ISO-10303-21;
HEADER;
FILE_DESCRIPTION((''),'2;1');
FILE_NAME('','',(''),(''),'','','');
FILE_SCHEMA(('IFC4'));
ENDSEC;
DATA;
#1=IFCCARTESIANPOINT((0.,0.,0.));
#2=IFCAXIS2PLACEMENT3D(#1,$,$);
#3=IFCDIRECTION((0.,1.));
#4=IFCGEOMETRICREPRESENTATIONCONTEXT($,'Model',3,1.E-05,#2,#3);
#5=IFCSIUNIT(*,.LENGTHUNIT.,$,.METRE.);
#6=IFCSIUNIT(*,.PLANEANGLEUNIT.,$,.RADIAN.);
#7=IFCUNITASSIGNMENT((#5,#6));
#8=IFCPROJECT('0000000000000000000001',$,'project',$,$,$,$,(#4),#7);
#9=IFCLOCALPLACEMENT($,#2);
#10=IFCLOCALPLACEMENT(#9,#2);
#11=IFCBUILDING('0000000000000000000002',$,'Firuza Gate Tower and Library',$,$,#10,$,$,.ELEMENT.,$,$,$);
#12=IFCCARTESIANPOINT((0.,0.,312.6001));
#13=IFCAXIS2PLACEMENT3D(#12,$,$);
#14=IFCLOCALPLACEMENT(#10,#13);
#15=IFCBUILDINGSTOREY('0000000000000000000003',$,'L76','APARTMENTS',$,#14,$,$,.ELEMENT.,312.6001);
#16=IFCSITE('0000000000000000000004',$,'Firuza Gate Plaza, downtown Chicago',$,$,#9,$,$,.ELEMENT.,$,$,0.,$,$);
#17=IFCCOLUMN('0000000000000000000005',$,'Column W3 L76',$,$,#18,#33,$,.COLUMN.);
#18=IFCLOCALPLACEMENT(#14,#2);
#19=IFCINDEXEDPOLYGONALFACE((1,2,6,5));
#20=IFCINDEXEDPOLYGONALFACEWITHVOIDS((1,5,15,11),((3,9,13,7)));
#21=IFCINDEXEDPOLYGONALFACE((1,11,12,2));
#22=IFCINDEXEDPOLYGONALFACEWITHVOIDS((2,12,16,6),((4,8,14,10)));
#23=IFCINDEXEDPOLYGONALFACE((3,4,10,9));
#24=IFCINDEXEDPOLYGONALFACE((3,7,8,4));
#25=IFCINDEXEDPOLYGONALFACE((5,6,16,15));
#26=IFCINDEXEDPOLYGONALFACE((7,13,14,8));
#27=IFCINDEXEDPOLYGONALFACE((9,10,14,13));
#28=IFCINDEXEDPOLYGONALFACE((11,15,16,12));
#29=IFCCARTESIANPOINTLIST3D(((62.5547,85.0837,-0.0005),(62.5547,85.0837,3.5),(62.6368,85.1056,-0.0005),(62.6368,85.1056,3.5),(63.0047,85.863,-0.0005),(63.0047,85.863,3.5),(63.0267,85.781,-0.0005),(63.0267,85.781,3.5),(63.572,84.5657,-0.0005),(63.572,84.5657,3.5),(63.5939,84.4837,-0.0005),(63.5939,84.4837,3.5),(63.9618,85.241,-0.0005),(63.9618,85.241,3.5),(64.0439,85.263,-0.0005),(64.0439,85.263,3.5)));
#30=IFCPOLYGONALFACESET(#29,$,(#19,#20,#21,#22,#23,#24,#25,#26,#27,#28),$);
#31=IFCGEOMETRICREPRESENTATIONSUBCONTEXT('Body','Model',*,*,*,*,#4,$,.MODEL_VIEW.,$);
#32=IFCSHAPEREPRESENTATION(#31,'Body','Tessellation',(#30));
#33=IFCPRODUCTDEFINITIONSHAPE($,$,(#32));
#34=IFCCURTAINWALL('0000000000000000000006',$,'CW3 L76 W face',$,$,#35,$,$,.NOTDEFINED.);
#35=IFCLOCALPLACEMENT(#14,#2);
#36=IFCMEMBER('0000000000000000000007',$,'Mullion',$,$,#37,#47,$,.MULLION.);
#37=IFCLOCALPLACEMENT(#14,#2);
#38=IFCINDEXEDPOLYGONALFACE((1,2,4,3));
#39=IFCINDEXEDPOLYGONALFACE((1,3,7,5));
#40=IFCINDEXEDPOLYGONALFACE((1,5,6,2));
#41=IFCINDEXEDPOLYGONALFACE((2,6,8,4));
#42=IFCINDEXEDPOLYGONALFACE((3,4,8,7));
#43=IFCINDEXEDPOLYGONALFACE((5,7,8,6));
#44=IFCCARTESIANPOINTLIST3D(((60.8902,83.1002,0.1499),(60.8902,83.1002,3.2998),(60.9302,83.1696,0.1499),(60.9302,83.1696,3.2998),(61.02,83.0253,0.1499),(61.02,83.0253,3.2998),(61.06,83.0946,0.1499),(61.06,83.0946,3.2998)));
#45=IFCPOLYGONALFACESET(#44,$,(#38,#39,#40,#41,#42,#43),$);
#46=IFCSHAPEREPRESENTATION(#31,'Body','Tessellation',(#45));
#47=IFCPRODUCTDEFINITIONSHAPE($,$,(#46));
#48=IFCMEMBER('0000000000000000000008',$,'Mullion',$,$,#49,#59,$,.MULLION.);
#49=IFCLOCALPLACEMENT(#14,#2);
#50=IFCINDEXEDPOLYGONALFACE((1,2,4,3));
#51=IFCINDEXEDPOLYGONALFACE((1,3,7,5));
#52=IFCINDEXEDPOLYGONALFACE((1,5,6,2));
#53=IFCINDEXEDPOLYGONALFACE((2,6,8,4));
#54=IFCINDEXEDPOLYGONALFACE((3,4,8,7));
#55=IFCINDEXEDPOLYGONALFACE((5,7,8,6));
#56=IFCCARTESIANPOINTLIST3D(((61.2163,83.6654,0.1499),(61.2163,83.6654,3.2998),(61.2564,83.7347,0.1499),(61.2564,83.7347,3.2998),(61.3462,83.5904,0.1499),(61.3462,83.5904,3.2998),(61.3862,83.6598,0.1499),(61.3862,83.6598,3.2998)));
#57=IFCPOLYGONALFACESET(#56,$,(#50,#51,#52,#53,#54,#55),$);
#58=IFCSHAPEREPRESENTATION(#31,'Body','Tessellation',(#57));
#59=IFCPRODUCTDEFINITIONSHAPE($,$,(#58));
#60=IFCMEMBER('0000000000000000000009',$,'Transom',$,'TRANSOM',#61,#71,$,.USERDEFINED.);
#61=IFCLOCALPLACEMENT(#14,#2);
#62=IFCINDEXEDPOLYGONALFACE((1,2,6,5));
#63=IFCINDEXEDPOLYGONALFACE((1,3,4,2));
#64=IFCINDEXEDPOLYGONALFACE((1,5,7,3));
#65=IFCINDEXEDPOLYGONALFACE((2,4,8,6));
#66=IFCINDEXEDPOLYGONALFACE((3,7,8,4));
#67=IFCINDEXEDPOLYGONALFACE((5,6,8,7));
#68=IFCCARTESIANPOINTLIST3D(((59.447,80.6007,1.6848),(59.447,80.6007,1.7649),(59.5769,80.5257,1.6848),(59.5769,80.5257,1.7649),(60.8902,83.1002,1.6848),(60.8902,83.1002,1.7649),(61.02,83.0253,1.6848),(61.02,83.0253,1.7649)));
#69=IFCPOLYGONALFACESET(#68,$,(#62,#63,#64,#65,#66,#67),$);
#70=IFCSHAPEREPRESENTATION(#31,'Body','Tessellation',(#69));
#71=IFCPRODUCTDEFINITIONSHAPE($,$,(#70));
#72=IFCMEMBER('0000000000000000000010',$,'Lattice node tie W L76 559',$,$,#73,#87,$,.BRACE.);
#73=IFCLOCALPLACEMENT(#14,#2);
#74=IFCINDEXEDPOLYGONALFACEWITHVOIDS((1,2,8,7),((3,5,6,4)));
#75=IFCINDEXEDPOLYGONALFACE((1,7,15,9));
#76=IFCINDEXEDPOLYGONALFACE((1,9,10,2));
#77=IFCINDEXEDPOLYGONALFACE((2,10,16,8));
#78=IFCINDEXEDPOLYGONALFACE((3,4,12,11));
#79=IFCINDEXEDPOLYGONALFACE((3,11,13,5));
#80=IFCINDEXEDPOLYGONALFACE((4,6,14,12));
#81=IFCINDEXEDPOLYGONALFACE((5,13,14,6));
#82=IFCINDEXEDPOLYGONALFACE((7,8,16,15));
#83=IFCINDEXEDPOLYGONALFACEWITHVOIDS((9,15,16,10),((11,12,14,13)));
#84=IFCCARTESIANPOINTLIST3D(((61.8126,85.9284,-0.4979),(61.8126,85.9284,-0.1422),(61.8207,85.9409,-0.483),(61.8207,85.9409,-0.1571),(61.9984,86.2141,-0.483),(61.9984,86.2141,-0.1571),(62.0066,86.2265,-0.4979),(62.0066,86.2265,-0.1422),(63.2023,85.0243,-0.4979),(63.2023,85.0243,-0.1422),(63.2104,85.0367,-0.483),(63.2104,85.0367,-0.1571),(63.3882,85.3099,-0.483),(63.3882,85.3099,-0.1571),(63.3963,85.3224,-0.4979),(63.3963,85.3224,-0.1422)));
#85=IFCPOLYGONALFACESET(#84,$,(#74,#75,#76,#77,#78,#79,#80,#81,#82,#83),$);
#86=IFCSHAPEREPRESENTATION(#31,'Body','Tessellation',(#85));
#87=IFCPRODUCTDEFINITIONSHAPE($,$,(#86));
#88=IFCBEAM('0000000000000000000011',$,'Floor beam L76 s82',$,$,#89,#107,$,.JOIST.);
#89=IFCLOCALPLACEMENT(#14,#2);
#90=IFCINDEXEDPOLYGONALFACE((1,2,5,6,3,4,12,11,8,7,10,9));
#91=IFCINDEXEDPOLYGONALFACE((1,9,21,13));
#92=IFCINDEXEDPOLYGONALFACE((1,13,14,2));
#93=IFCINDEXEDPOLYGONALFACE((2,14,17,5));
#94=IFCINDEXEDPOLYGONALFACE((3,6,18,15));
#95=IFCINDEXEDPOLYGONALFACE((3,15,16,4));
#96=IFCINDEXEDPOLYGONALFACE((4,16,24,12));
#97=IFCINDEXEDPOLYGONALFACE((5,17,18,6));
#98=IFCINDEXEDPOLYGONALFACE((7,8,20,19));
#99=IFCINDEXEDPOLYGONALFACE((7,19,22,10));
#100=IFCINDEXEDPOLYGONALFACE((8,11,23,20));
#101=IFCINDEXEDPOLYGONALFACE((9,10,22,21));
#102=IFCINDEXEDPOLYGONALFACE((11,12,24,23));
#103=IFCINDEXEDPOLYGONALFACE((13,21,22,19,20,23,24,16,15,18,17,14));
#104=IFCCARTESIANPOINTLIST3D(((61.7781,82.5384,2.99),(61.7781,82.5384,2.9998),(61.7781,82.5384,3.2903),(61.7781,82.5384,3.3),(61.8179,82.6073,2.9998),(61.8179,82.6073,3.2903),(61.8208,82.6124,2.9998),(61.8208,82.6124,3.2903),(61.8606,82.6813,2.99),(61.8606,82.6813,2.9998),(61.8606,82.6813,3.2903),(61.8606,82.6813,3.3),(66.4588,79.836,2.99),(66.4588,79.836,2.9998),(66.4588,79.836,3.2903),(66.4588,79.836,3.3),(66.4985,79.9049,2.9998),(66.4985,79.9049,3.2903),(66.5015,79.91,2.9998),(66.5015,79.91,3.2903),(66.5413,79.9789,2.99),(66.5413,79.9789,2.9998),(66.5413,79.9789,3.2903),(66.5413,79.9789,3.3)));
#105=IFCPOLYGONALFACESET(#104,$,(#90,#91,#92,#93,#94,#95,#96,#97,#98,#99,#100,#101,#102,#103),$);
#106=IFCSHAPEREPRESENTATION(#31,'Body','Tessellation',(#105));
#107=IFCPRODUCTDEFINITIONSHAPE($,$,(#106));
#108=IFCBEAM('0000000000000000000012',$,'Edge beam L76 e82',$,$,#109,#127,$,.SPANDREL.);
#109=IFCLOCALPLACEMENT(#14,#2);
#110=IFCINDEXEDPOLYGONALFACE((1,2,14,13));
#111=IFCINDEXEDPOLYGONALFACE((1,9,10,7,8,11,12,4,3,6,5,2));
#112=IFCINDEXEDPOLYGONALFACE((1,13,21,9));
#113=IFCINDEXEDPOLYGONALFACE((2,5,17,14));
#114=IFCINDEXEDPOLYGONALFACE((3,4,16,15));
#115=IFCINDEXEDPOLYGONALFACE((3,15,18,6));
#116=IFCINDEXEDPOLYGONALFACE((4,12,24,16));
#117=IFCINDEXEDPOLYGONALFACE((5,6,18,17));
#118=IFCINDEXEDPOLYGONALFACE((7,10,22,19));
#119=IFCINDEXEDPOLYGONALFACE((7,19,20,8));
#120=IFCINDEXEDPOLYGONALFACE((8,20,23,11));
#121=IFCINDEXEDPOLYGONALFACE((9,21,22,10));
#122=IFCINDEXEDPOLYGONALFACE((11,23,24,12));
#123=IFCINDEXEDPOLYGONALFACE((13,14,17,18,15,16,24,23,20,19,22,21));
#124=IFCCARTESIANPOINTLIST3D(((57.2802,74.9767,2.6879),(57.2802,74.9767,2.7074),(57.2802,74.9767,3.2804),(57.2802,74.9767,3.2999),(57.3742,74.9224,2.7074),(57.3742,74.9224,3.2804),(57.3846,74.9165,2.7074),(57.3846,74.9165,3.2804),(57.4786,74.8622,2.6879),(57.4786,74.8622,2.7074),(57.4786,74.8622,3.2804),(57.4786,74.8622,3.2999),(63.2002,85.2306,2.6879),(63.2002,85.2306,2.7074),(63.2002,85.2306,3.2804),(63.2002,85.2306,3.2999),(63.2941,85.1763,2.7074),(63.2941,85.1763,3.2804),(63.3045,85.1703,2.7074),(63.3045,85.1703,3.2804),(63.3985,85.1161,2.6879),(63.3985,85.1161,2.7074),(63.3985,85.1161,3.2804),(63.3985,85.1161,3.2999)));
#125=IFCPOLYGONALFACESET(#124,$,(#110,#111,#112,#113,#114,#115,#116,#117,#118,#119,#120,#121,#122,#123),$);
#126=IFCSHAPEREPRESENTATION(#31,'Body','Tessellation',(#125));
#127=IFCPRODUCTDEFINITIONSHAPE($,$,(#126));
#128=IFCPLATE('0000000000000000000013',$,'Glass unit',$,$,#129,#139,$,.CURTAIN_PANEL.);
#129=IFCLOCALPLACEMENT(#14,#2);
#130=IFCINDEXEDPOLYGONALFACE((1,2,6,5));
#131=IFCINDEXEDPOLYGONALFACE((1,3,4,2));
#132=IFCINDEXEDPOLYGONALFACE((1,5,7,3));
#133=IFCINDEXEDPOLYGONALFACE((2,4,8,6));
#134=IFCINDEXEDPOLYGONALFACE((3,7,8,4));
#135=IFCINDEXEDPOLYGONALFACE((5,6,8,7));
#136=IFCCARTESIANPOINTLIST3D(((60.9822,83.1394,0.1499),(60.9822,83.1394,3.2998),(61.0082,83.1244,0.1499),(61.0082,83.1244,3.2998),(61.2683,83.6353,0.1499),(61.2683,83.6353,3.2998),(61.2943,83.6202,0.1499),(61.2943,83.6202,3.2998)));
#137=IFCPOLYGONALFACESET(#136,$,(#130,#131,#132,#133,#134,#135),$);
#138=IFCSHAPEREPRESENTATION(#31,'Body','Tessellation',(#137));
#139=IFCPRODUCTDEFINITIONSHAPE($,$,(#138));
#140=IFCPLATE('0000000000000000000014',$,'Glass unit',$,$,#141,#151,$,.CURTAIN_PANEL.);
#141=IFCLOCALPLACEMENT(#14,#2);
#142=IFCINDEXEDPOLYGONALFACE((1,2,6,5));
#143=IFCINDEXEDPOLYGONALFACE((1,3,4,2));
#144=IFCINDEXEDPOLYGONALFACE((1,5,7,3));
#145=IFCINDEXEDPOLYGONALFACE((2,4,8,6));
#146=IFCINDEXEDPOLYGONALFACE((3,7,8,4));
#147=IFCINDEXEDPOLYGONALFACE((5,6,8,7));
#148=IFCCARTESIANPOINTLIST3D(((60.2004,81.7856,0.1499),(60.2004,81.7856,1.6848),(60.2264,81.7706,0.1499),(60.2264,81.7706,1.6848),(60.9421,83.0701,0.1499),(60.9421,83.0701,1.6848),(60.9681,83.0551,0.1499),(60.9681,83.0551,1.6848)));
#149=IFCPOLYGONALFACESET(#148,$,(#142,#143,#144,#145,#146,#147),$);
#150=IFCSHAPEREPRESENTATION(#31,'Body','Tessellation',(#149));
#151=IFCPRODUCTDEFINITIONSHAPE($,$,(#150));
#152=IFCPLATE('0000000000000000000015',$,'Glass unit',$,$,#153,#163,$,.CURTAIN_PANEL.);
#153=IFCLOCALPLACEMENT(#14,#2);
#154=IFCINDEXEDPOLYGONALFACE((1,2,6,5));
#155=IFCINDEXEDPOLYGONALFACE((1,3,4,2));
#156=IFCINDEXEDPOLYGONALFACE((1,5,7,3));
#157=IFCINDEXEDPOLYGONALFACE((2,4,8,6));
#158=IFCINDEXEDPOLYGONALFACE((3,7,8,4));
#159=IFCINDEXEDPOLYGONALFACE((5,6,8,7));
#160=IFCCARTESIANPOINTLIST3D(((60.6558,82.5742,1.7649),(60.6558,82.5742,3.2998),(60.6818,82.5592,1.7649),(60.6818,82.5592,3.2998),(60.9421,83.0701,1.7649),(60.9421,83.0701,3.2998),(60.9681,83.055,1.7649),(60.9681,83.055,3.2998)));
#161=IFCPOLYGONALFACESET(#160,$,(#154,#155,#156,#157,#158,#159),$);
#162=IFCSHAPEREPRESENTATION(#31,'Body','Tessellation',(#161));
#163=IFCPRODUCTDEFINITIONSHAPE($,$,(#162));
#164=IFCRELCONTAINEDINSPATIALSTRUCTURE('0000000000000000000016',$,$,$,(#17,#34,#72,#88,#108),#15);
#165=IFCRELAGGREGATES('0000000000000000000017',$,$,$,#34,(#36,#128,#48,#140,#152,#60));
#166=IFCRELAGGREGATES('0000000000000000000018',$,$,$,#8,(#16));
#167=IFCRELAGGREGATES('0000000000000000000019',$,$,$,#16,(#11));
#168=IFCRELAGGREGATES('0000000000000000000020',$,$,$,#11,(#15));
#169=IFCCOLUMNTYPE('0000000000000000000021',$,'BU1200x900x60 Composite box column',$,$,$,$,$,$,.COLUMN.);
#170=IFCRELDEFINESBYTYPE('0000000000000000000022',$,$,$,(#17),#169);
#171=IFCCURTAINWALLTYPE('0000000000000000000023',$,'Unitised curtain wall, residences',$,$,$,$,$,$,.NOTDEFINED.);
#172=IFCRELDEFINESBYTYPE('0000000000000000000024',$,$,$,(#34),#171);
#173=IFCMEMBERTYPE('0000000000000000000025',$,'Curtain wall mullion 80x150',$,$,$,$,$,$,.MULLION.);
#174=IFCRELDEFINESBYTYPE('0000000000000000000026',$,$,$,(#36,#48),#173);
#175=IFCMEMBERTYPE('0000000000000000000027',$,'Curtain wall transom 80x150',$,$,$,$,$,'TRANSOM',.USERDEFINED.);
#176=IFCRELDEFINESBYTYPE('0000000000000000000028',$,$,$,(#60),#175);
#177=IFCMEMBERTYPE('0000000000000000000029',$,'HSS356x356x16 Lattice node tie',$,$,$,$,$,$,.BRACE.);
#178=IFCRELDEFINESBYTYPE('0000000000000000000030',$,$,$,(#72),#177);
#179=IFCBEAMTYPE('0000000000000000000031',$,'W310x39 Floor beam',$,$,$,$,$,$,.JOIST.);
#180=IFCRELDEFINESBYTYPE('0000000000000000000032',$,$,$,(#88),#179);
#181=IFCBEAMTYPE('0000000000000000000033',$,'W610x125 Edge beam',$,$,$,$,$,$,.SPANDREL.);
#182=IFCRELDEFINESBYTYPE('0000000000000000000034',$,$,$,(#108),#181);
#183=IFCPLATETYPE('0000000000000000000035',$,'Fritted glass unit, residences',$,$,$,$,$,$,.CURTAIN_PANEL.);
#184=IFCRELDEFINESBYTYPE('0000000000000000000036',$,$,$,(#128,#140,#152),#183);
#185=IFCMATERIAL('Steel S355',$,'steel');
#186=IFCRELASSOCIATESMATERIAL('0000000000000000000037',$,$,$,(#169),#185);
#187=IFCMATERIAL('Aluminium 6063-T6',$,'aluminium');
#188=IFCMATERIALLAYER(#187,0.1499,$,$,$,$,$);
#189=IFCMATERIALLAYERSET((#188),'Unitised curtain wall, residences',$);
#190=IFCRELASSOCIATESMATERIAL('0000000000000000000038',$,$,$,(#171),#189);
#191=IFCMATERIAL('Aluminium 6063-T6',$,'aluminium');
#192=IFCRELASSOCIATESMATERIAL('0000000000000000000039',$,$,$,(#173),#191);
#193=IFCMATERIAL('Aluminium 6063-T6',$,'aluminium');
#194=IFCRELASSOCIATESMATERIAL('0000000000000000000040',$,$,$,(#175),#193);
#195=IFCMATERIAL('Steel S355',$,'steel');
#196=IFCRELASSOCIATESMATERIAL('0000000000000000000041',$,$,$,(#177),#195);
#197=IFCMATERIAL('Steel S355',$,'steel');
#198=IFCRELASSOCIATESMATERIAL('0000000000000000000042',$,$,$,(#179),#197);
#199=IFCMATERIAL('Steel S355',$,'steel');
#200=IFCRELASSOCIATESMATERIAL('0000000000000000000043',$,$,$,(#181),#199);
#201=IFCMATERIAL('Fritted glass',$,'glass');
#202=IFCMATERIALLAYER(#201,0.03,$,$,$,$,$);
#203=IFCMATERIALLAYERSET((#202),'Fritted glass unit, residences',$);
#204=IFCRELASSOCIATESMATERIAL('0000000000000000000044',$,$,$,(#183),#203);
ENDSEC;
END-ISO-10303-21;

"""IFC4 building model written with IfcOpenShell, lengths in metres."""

from ifc_helpers import new_model, si_unit, direction, frame, origin, origin_2d, place, context, subcontext, project, spatial, polyline, rectangle, hollow_rectangle, i_section, outline, extrude, material, layer, layer_set, material_profile, profile_set, type_object, element, aggregate, save


model = new_model("IFC4")

# Units and contexts
model_context = context("Model", 3, precision=1e-05, world=origin(), true_north=direction((0.0, 1.0)))
body_context = subcontext(model_context, "Body", "Model", "MODEL_VIEW")
ifc_project = project(units=[si_unit("LENGTHUNIT", "METRE"), si_unit("PLANEANGLEUNIT", "RADIAN")], contexts=[model_context])

# Site, building, storey
site_placement = place(None, origin())
site = spatial("IfcSite", under=ifc_project, at=site_placement, Name="Firuza Gate Plaza, downtown Chicago", CompositionType="ELEMENT", RefElevation=0.0)
building_placement = place(site_placement, origin())
building = spatial("IfcBuilding", under=site, at=building_placement, Name="Firuza Gate Tower and Library", CompositionType="ELEMENT")
storey_placement = place(building_placement, frame((0.0, 0.0, 312.6001)))
storey = spatial("IfcBuildingStorey", under=building, at=storey_placement, Name="L76", Description="APARTMENTS", CompositionType="ELEMENT", Elevation=312.6001)

# Column
ifc_material_1 = material(Name="Steel S355", Category="steel")
ifc_material_profile_1 = material_profile(ifc_material_1, hollow_rectangle(XDim=0.8999, YDim=1.2, WallThickness=0.0601, at=origin_2d()))
ifc_profile_set_1 = profile_set([ifc_material_profile_1], Name="Steel S355")
column_type = type_object("IfcColumnType", Name="BU1200x900x60 Composite box column", PredefinedType="COLUMN", material=ifc_profile_set_1)
column_placement = place(storey_placement, frame((63.2993, 85.1733, -0.0005), z_axis=(0.0, 0.0, 1.0), x_axis=(-0.5, -0.866025, 0.0)))
element("IfcColumn", 1, at=column_placement, inside=storey, type_object=column_type, Name="Column W3 L76", PredefinedType="COLUMN", context=body_context, shape_type="SweptSolid", body=[
    extrude(hollow_rectangle(XDim=0.8999, YDim=1.2, WallThickness=0.0601, at=origin_2d()), origin(), (0.0, 0.0, 1.0), 3.5005),
])

# Curtain wall, members
ifc_material_2 = material(Name="Aluminium 6063-T6", Category="aluminium")
ifc_layer_1 = layer(ifc_material_2, 0.1499)
ifc_layer_set_1 = layer_set([ifc_layer_1], Name="Unitised curtain wall, residences")
curtain_wall_type = type_object("IfcCurtainWallType", Name="Unitised curtain wall, residences", PredefinedType="NOTDEFINED", material=ifc_layer_set_1)
curtain_wall_placement = place(storey_placement, origin())
curtain_wall = element("IfcCurtainWall", 2, at=curtain_wall_placement, inside=storey, type_object=curtain_wall_type, Name="CW3 L76 W face", PredefinedType="NOTDEFINED")
ifc_material_3 = material(Name="Aluminium 6063-T6", Category="aluminium")
ifc_material_profile_2 = material_profile(ifc_material_3, rectangle(XDim=0.1499, YDim=0.0801, at=origin_2d()))
ifc_profile_set_2 = profile_set([ifc_material_profile_2], Name="Aluminium 6063-T6")
member_type_1 = type_object("IfcMemberType", Name="Curtain wall mullion 80x150", PredefinedType="MULLION", material=ifc_profile_set_2)
member_1_placement = place(storey_placement, frame((60.9751, 83.0974, 0.1499), z_axis=(0.0, 0.0, 1.0), x_axis=(0.866025, -0.5, 0.0)))
member_1 = element("IfcMember", 3, at=member_1_placement, type_object=member_type_1, Name="Mullion", PredefinedType="MULLION", context=body_context, shape_type="SweptSolid", body=[
    extrude(rectangle(XDim=0.1499, YDim=0.0801, at=origin_2d()), origin(), (0.0, 0.0, 1.0), 3.1499),
])
member_2_placement = place(storey_placement, frame((61.3013, 83.6626, 0.1499), z_axis=(0.0, 0.0, 1.0), x_axis=(0.866025, -0.5, 0.0)))
member_2 = element("IfcMember", 4, at=member_2_placement, type_object=member_type_1, Name="Mullion", PredefinedType="MULLION", context=body_context, shape_type="SweptSolid", body=[
    extrude(rectangle(XDim=0.1499, YDim=0.0801, at=origin_2d()), origin(), (0.0, 0.0, 1.0), 3.1499),
])
ifc_material_4 = material(Name="Aluminium 6063-T6", Category="aluminium")
ifc_material_profile_3 = material_profile(ifc_material_4, rectangle(XDim=0.1499, YDim=0.0801, at=origin_2d()))
ifc_profile_set_3 = profile_set([ifc_material_profile_3], Name="Aluminium 6063-T6")
member_type_2 = type_object("IfcMemberType", Name="Curtain wall transom 80x150", ElementType="TRANSOM", PredefinedType="USERDEFINED", material=ifc_profile_set_3)
member_3_placement = place(storey_placement, frame((60.9551, 83.0627, 1.7249), z_axis=(-0.500006, -0.866022, 0.0), x_axis=(0.866022, -0.500006, 0.0)))
member_3 = element("IfcMember", 5, at=member_3_placement, type_object=member_type_2, Name="Transom", ObjectType="TRANSOM", PredefinedType="USERDEFINED", context=body_context, shape_type="SweptSolid", body=[
    extrude(rectangle(XDim=0.1499, YDim=0.0801, at=origin_2d()), origin(), (0.0, 0.0, 1.0), 2.8862),
])

# Member
ifc_material_5 = material(Name="Steel S355", Category="steel")
ifc_material_profile_4 = material_profile(ifc_material_5, hollow_rectangle(XDim=0.3557, YDim=0.3557, WallThickness=0.0149, at=origin_2d()))
ifc_profile_set_4 = profile_set([ifc_material_profile_4], Name="Steel S355")
member_type_3 = type_object("IfcMemberType", Name="HSS356x356x16 Lattice node tie", PredefinedType="BRACE", material=ifc_profile_set_4)
member_4_placement = place(storey_placement, frame((63.2993, 85.1733, -0.3201), z_axis=(-0.838228, 0.54532, 0.0), x_axis=(-0.54532, -0.838228, 0.0)))
element("IfcMember", 6, at=member_4_placement, inside=storey, type_object=member_type_3, Name="Lattice node tie W L76 559", PredefinedType="BRACE", context=body_context, shape_type="SweptSolid", body=[
    extrude(hollow_rectangle(XDim=0.3557, YDim=0.3557, WallThickness=0.0149, at=origin_2d()), origin(), (0.0, 0.0, 1.0), 1.658),
])

# Beams
ifc_material_6 = material(Name="Steel S355", Category="steel")
ifc_material_profile_5 = material_profile(ifc_material_6, i_section(OverallWidth=0.165, OverallDepth=0.3101, WebThickness=0.0059, FlangeThickness=0.0098, at=origin_2d()))
ifc_profile_set_5 = profile_set([ifc_material_profile_5], Name="Steel S355")
beam_type_1 = type_object("IfcBeamType", Name="W310x39 Floor beam", PredefinedType="JOIST", material=ifc_profile_set_5)
beam_1_placement = place(storey_placement, frame((61.8193, 82.6099, 3.145), z_axis=(0.866025, -0.500001, 0.0), x_axis=(0.500001, 0.866025, 0.0)))
element("IfcBeam", 7, at=beam_1_placement, inside=storey, type_object=beam_type_1, Name="Floor beam L76 s82", PredefinedType="JOIST", context=body_context, shape_type="SweptSolid", body=[
    extrude(i_section(OverallWidth=0.165, OverallDepth=0.3101, WebThickness=0.0059, FlangeThickness=0.0098, at=origin_2d()), origin(), (0.0, 0.0, 1.0), 5.4048),
])
ifc_material_7 = material(Name="Steel S355", Category="steel")
ifc_material_profile_6 = material_profile(ifc_material_7, i_section(OverallWidth=0.229, OverallDepth=0.6121, WebThickness=0.012, FlangeThickness=0.0195, at=origin_2d()))
ifc_profile_set_6 = profile_set([ifc_material_profile_6], Name="Steel S355")
beam_type_2 = type_object("IfcBeamType", Name="W610x125 Edge beam", PredefinedType="SPANDREL", material=ifc_profile_set_6)
beam_2_placement = place(storey_placement, frame((63.2993, 85.1733, 2.9939), z_axis=(-0.499989, -0.866032, 0.0), x_axis=(0.866032, -0.499989, 0.0)))
element("IfcBeam", 8, at=beam_2_placement, inside=storey, type_object=beam_type_2, Name="Edge beam L76 e82", PredefinedType="SPANDREL", context=body_context, shape_type="SweptSolid", body=[
    extrude(i_section(OverallWidth=0.229, OverallDepth=0.6121, WebThickness=0.012, FlangeThickness=0.0195, at=origin_2d()), origin(), (0.0, 0.0, 1.0), 11.8401),
])

# Plates
ifc_material_8 = material(Name="Fritted glass", Category="glass")
ifc_layer_2 = layer(ifc_material_8, 0.03)
ifc_layer_set_2 = layer_set([ifc_layer_2], Name="Fritted glass unit, residences")
plate_type = type_object("IfcPlateType", Name="Fritted glass unit, residences", PredefinedType="CURTAIN_PANEL", material=ifc_layer_set_2)
plate_1_placement = place(storey_placement, frame((61.2683, 83.6353, 0.1499), z_axis=(-0.866136, 0.499809, 0.0), x_axis=(-0.499809, -0.866136, 0.0)))
plate_1 = element("IfcPlate", 9, at=plate_1_placement, type_object=plate_type, Name="Glass unit", PredefinedType="CURTAIN_PANEL", context=body_context, shape_type="SweptSolid", body=[
    extrude(outline(polyline([(0.0, 0.0), (0.5725, 0.0), (0.5725, 3.1499), (0.0, 3.1499), (0.0, 0.0)])), origin(), (0.0, 0.0, -1.0), 0.03),
])
plate_2_placement = place(storey_placement, frame((60.9421, 83.0701, 0.1499), z_axis=(-0.865985, 0.500069, 0.0), x_axis=(-0.500069, -0.865985, 0.0)))
plate_2 = element("IfcPlate", 10, at=plate_2_placement, type_object=plate_type, Name="Glass unit", PredefinedType="CURTAIN_PANEL", context=body_context, shape_type="SweptSolid", body=[
    extrude(outline(polyline([(0.0, 0.0), (1.4832, 0.0), (1.4832, 1.5349), (0.0, 1.5349), (0.0, 0.0)])), origin(), (0.0, 0.0, -1.0), 0.03),
])
plate_3_placement = place(storey_placement, frame((60.9421, 83.0701, 1.7649), z_axis=(-0.865951, 0.500128, 0.0), x_axis=(-0.500128, -0.865951, 0.0)))
plate_3 = element("IfcPlate", 11, at=plate_3_placement, type_object=plate_type, Name="Glass unit", PredefinedType="CURTAIN_PANEL", context=body_context, shape_type="SweptSolid", body=[
    extrude(outline(polyline([(0.0, 0.0), (0.5726, 0.0), (0.5726, 1.5349), (0.0, 1.5349), (0.0, 0.0)])), origin(), (0.0, 0.0, -1.0), 0.03),
])
aggregate(curtain_wall, [member_1, plate_1, member_2, plate_2, plate_3, member_3])

save(model, "model.ifc")
